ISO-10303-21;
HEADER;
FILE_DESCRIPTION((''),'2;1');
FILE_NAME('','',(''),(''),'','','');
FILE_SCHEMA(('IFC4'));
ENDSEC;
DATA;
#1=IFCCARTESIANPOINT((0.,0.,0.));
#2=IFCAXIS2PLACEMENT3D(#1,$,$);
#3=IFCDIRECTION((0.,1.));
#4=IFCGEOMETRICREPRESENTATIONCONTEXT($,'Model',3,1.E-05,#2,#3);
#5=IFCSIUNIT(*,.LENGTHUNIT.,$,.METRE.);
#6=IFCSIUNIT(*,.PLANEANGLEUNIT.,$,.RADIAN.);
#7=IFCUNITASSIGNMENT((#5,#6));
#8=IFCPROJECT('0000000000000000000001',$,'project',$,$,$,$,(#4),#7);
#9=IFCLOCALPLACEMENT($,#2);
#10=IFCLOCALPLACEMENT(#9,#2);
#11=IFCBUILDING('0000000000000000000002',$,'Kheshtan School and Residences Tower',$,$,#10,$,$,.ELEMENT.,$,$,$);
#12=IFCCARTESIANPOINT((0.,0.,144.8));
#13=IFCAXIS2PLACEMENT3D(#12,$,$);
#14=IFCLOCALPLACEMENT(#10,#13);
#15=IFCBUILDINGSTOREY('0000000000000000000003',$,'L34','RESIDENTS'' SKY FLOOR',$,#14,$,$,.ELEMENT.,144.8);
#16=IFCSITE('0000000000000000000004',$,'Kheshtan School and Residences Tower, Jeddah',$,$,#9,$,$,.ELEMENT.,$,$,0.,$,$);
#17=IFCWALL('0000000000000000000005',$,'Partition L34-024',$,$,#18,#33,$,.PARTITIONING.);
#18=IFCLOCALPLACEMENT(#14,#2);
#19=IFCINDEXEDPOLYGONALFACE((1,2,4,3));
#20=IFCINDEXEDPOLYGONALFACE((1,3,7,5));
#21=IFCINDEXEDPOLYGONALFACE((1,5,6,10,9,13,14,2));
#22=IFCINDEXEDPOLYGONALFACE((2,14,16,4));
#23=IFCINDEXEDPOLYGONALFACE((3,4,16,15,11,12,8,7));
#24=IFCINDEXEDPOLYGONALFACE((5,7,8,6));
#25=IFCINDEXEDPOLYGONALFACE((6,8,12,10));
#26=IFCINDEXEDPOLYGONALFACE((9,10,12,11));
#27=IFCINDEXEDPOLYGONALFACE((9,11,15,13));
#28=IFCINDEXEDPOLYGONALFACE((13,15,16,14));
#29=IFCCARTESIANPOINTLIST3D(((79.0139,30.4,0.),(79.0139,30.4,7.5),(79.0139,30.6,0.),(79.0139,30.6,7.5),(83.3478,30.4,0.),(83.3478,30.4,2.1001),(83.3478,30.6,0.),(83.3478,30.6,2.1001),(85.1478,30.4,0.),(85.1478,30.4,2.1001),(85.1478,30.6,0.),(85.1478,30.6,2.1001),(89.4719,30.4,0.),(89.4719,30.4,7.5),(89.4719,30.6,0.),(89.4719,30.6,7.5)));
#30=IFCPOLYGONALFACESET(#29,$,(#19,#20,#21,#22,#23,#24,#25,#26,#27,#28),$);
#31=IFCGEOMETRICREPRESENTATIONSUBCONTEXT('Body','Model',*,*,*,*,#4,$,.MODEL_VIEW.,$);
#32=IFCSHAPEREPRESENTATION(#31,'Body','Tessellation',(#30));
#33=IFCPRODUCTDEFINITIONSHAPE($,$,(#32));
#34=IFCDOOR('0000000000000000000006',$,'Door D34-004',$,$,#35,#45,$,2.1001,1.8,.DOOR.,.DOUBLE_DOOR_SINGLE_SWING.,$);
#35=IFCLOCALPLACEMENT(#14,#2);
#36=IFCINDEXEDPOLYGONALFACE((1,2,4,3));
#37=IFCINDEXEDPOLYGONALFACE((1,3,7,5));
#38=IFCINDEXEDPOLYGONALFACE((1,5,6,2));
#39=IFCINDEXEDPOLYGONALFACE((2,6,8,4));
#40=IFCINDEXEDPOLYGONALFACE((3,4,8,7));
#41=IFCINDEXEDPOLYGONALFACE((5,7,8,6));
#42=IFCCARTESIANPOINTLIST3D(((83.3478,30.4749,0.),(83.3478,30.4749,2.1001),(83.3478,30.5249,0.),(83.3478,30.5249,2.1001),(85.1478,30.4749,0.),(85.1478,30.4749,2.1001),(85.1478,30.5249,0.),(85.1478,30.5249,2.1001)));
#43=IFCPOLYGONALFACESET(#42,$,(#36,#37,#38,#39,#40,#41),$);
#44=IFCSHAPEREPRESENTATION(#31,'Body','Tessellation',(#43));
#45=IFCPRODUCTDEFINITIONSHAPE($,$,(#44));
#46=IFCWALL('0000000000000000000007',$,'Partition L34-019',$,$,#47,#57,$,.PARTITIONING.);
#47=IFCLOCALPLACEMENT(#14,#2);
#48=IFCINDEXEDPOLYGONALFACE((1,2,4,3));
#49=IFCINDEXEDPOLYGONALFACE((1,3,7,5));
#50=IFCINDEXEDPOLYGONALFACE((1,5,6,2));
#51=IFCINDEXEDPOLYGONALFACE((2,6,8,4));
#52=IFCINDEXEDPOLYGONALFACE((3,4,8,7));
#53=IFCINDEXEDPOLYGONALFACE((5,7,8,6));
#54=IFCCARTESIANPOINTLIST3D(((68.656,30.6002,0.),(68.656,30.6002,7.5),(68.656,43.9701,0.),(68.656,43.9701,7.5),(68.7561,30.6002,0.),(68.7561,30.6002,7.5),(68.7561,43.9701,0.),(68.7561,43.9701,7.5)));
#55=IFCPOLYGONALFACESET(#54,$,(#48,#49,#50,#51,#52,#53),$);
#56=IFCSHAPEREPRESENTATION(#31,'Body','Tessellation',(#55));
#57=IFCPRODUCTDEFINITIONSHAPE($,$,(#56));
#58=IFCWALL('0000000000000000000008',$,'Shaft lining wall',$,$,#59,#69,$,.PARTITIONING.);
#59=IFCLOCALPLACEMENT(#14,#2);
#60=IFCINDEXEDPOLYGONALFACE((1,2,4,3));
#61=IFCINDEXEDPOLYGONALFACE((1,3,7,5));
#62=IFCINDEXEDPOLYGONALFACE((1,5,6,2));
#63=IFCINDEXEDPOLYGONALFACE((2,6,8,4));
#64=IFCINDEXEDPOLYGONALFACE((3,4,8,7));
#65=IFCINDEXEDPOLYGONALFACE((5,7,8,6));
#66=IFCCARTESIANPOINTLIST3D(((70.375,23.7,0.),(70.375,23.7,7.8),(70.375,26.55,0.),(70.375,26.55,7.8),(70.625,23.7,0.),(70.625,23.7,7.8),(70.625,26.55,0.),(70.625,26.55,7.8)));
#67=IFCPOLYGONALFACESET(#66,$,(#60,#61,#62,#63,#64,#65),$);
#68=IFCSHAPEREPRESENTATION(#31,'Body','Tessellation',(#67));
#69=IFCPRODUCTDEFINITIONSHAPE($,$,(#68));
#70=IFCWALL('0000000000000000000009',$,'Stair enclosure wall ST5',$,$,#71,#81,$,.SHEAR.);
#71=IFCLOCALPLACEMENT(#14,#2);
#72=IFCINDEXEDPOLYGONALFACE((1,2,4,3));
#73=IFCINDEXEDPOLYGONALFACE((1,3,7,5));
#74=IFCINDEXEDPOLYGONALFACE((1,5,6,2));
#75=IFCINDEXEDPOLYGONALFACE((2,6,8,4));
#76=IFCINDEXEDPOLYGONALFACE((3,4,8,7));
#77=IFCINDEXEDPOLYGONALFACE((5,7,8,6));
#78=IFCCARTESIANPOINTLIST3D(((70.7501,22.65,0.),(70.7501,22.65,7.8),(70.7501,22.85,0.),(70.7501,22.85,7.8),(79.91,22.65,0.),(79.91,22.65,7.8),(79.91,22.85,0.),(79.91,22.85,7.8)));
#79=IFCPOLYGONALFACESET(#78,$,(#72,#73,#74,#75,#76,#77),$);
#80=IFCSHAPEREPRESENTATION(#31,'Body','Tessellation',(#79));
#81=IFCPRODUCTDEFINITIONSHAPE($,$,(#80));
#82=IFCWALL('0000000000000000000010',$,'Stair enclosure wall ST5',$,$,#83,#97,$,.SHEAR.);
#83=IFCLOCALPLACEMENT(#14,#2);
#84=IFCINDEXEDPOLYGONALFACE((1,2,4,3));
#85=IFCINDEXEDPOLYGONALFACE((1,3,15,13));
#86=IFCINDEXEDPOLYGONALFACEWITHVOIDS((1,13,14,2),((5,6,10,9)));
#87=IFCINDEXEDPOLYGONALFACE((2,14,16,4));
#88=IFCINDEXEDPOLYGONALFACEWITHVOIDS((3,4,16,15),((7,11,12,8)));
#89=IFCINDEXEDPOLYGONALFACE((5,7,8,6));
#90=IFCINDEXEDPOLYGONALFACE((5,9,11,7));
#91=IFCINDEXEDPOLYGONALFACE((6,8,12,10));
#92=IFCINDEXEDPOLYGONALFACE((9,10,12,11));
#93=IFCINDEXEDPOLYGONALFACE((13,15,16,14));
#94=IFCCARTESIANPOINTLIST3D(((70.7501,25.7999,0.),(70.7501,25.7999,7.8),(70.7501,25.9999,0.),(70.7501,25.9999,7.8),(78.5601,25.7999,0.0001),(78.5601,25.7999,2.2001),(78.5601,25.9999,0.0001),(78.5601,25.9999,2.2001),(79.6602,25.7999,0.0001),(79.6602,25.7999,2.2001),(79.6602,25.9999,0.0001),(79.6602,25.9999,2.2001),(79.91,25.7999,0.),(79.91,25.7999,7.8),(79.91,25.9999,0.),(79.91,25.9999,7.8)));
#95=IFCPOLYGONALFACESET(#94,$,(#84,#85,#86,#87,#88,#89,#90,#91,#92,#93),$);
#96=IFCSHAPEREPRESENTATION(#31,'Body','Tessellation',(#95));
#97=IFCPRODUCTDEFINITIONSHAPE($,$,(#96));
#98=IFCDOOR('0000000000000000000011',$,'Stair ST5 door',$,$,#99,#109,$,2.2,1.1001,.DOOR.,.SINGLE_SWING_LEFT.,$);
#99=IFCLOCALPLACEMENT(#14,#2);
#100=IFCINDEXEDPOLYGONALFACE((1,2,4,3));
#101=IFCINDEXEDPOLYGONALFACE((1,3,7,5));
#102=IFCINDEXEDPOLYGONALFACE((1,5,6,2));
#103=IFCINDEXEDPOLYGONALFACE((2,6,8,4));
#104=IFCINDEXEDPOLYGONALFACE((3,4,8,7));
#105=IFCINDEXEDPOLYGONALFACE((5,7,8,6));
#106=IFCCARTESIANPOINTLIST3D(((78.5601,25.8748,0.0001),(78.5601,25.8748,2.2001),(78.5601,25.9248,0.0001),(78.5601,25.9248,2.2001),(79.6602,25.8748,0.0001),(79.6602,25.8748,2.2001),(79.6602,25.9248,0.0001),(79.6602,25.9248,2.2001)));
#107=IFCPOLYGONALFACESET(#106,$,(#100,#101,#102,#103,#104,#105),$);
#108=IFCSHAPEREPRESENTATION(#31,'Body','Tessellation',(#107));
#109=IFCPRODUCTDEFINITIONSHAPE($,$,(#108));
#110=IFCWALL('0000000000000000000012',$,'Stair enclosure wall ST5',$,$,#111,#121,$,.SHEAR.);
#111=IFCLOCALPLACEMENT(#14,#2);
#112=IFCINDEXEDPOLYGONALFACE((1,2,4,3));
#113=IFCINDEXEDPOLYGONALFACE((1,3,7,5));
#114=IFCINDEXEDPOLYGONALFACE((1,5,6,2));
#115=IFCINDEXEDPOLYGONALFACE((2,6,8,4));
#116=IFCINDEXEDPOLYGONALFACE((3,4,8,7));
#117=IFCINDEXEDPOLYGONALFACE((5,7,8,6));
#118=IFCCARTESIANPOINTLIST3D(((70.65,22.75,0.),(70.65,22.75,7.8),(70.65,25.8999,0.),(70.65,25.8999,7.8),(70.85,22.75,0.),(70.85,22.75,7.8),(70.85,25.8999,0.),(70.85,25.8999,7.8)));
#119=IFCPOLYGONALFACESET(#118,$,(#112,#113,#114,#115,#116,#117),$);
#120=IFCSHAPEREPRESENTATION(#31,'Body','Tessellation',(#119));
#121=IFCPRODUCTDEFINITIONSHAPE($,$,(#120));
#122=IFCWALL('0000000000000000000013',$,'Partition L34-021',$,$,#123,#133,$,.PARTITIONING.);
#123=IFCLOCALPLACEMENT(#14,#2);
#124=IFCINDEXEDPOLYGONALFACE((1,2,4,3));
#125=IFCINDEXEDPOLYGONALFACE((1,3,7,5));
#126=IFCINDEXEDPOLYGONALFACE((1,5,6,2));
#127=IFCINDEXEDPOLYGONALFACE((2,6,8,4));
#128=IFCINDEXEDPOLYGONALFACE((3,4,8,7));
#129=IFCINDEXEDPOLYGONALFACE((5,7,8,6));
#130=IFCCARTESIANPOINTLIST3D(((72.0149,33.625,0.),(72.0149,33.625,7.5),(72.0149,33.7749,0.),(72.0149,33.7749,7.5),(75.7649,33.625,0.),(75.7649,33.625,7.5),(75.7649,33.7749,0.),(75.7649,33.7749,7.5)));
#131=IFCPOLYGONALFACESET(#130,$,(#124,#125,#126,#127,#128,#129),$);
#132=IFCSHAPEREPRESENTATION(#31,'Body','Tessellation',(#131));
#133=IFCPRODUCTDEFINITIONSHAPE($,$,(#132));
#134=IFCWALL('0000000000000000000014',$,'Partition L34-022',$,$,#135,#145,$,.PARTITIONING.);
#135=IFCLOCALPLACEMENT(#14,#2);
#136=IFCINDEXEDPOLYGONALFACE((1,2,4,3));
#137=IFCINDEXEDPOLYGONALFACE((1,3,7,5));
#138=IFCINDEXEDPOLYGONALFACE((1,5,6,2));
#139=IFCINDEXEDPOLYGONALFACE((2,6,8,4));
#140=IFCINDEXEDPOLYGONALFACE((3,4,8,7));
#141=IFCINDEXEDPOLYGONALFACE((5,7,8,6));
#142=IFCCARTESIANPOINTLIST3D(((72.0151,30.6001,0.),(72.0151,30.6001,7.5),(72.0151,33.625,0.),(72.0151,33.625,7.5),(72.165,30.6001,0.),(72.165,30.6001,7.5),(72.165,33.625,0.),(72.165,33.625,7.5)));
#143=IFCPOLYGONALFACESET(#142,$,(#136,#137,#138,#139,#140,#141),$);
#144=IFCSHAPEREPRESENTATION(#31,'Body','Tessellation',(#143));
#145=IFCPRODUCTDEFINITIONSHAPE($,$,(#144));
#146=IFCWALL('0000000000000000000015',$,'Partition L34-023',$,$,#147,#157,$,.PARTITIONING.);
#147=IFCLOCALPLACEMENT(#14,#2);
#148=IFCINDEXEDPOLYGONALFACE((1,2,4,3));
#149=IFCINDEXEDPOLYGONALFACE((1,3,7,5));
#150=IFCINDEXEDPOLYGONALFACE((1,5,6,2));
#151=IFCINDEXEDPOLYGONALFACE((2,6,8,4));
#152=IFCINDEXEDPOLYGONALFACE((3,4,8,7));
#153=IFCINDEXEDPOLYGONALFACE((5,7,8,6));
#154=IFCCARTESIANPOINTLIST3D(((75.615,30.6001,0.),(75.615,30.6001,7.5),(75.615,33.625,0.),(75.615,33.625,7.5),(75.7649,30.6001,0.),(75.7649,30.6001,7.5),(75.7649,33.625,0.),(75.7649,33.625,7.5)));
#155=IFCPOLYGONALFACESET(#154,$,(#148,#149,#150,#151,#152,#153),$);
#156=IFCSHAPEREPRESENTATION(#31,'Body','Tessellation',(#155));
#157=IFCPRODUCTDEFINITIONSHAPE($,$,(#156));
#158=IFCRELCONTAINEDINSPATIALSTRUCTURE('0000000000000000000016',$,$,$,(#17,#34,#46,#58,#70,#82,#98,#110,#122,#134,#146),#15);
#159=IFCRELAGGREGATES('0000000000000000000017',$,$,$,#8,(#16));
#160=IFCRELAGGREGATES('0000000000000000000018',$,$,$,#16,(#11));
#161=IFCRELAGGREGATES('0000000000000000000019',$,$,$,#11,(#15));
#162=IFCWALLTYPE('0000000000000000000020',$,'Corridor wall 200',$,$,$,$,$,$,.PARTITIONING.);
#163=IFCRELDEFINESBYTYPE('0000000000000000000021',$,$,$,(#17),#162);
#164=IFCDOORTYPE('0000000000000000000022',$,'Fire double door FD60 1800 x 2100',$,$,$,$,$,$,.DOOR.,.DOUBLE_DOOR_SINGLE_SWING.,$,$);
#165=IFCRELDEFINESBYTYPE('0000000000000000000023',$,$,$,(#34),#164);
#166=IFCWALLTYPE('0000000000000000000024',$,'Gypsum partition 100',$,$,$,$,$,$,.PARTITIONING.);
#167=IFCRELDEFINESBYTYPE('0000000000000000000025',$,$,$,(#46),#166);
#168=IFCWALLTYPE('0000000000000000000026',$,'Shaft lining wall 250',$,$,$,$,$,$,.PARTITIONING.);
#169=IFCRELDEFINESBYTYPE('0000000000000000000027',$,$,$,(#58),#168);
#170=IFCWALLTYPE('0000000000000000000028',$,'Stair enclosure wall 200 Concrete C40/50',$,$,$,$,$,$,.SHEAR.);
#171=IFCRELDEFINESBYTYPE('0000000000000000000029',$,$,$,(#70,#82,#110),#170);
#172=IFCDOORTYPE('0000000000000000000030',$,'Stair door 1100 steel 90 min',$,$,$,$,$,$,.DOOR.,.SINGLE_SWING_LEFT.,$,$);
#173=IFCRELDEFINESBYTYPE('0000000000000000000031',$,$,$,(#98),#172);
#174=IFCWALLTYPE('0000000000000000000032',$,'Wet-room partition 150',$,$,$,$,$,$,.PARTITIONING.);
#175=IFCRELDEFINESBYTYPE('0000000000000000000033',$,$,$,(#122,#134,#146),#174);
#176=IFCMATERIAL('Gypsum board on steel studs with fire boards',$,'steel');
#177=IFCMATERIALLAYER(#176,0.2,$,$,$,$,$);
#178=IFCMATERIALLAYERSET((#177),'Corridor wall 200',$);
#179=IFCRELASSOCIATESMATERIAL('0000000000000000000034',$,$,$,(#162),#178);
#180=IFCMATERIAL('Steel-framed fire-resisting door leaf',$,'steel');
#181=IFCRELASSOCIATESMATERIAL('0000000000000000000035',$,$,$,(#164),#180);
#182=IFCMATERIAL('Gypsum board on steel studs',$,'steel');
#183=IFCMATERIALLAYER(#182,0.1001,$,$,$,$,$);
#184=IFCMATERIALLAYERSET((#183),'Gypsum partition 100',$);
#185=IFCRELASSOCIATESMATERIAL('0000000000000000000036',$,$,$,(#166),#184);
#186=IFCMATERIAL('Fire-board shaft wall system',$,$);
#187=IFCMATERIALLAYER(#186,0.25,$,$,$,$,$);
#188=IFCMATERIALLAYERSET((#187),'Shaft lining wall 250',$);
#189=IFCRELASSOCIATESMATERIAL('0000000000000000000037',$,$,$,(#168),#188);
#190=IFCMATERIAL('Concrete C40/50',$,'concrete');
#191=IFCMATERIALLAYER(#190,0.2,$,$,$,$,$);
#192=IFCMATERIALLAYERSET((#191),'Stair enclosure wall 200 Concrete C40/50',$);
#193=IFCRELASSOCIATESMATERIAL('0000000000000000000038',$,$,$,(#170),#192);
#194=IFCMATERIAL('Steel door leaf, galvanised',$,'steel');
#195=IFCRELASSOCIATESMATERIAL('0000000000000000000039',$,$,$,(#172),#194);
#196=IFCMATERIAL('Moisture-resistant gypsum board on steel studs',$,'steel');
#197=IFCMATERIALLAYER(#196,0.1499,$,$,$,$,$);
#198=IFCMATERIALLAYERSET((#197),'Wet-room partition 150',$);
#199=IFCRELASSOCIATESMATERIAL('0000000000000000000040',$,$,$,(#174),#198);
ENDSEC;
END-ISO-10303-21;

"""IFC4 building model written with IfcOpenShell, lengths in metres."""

from ifc_helpers import new_model, si_unit, direction, frame, frame_2d, origin, place, context, subcontext, project, spatial, rectangle, extrude, source, transform, mapped, material, layer, layer_set, type_object, element, fill, save


model = new_model("IFC4")

# Units and contexts
model_context = context("Model", 3, precision=1e-05, world=origin(), true_north=direction((0.0, 1.0)))
body_context = subcontext(model_context, "Body", "Model", "MODEL_VIEW")
ifc_project = project(units=[si_unit("LENGTHUNIT", "METRE"), si_unit("PLANEANGLEUNIT", "RADIAN")], contexts=[model_context])

# Site, building, storey
site_placement = place(None, origin())
site = spatial("IfcSite", under=ifc_project, at=site_placement, Name="Kheshtan School and Residences Tower, Jeddah", CompositionType="ELEMENT", RefElevation=0.0)
building_placement = place(site_placement, origin())
building = spatial("IfcBuilding", under=site, at=building_placement, Name="Kheshtan School and Residences Tower", CompositionType="ELEMENT")
storey_placement = place(building_placement, frame((0.0, 0.0, 144.8)))
storey = spatial("IfcBuildingStorey", under=building, at=storey_placement, Name="L34", Description="RESIDENTS' SKY FLOOR", CompositionType="ELEMENT", Elevation=144.8)

# Wall, opening, door
ifc_material_1 = material(Name="Gypsum board on steel studs with fire boards", Category="steel")
ifc_layer_1 = layer(ifc_material_1, 0.2)
ifc_layer_set_1 = layer_set([ifc_layer_1], Name="Corridor wall 200")
wall_type_1 = type_object("IfcWallType", Name="Corridor wall 200", PredefinedType="PARTITIONING", material=ifc_layer_set_1)
ifc_material_2 = material(Name="Steel-framed fire-resisting door leaf", Category="steel")
door_type_1 = type_object("IfcDoorType", Name="Fire double door FD60 1800 x 2100", OperationType="DOUBLE_DOOR_SINGLE_SWING", PredefinedType="DOOR", material=ifc_material_2)
shared_shape_1 = source(origin(), body_context, "Body", "SweptSolid", [
    extrude(rectangle(XDim=1.8, YDim=2.1001, at=frame_2d((0.8999, 1.05))), frame((0.0, 0.0249, 0.0), z_axis=(0.0, -1.0, 0.0), x_axis=(1.0, 0.0, 0.0)), (0.0, 0.0, 1.0), 0.05),
])
wall_1_placement = place(storey_placement, frame((79.0139, 30.5, 0.0), z_axis=(0.0, 0.0, 1.0), x_axis=(1.0, 0.0, 0.0)))
wall_1 = element("IfcWall", 1, at=wall_1_placement, inside=storey, type_object=wall_type_1, Name="Partition L34-024", PredefinedType="PARTITIONING", context=body_context, shape_type="SweptSolid", body=[
    extrude(rectangle(XDim=10.458, YDim=0.2, at=frame_2d((5.229, 0.0))), origin(), (0.0, 0.0, 1.0), 7.5),
])
opening_1_placement = place(wall_1_placement, frame((4.334, 0.0, 0.0)))
opening_1 = element("IfcOpeningElement", 2, at=opening_1_placement, cuts=wall_1, PredefinedType="OPENING", context=body_context, shape_type="SweptSolid", body=[
    extrude(rectangle(XDim=1.8, YDim=2.1001, at=frame_2d((0.8999, 1.05))), frame((0.0, 0.1099, 0.0), z_axis=(0.0, -1.0, 0.0), x_axis=(1.0, 0.0, 0.0)), (0.0, 0.0, 1.0), 0.22),
])
door_1_placement = place(opening_1_placement, origin())
door_1 = element("IfcDoor", 3, at=door_1_placement, inside=storey, type_object=door_type_1, Name="Door D34-004", OperationType="DOUBLE_DOOR_SINGLE_SWING", OverallHeight=2.1001, OverallWidth=1.8, PredefinedType="DOOR", context=body_context, shape_type="MappedRepresentation", body=[
    mapped(shared_shape_1, transform((0.0, 0.0, 0.0), x_axis=(1.0, 0.0, 0.0), y_axis=(0.0, 1.0, 0.0), z_axis=(0.0, 0.0, 1.0), scale=1.0)),
])
fill(opening_1, door_1)

# Walls
ifc_material_3 = material(Name="Gypsum board on steel studs", Category="steel")
ifc_layer_2 = layer(ifc_material_3, 0.1001)
ifc_layer_set_2 = layer_set([ifc_layer_2], Name="Gypsum partition 100")
wall_type_2 = type_object("IfcWallType", Name="Gypsum partition 100", PredefinedType="PARTITIONING", material=ifc_layer_set_2)
wall_2_placement = place(storey_placement, frame((68.7061, 30.6001, 0.0), z_axis=(0.0, 0.0, 1.0), x_axis=(0.0, 1.0, 0.0)))
element("IfcWall", 4, at=wall_2_placement, inside=storey, type_object=wall_type_2, Name="Partition L34-019", PredefinedType="PARTITIONING", context=body_context, shape_type="SweptSolid", body=[
    extrude(rectangle(XDim=13.3699, YDim=0.1001, at=frame_2d((6.6851, 0.0))), origin(), (0.0, 0.0, 1.0), 7.5),
])
ifc_material_4 = material(Name="Fire-board shaft wall system")
ifc_layer_3 = layer(ifc_material_4, 0.25)
ifc_layer_set_3 = layer_set([ifc_layer_3], Name="Shaft lining wall 250")
wall_type_3 = type_object("IfcWallType", Name="Shaft lining wall 250", PredefinedType="PARTITIONING", material=ifc_layer_set_3)
wall_3_placement = place(storey_placement, frame((70.5, 23.7, 0.0), z_axis=(0.0, 0.0, 1.0), x_axis=(0.0, 1.0, 0.0)))
element("IfcWall", 5, at=wall_3_placement, inside=storey, type_object=wall_type_3, Name="Shaft lining wall", PredefinedType="PARTITIONING", context=body_context, shape_type="SweptSolid", body=[
    extrude(rectangle(XDim=2.8501, YDim=0.25, at=frame_2d((1.425, 0.0))), origin(), (0.0, 0.0, 1.0), 7.8),
])
ifc_material_5 = material(Name="Concrete C40/50", Category="concrete")
ifc_layer_4 = layer(ifc_material_5, 0.2)
ifc_layer_set_4 = layer_set([ifc_layer_4], Name="Stair enclosure wall 200 Concrete C40/50")
wall_type_4 = type_object("IfcWallType", Name="Stair enclosure wall 200 Concrete C40/50", PredefinedType="SHEAR", material=ifc_layer_set_4)
wall_4_placement = place(storey_placement, frame((70.75, 22.75, 0.0), z_axis=(0.0, 0.0, 1.0), x_axis=(1.0, 0.0, 0.0)))
element("IfcWall", 6, at=wall_4_placement, inside=storey, type_object=wall_type_4, Name="Stair enclosure wall ST5", PredefinedType="SHEAR", context=body_context, shape_type="SweptSolid", body=[
    extrude(rectangle(XDim=9.1599, YDim=0.2, at=frame_2d((4.5801, 0.0))), origin(), (0.0, 0.0, 1.0), 7.8),
])

# Wall, opening, door
wall_5_placement = place(storey_placement, frame((70.75, 25.8999, 0.0), z_axis=(0.0, 0.0, 1.0), x_axis=(1.0, 0.0, 0.0)))
wall_5 = element("IfcWall", 7, at=wall_5_placement, inside=storey, type_object=wall_type_4, Name="Stair enclosure wall ST5", PredefinedType="SHEAR", context=body_context, shape_type="SweptSolid", body=[
    extrude(rectangle(XDim=9.1599, YDim=0.2, at=frame_2d((4.5801, 0.0))), origin(), (0.0, 0.0, 1.0), 7.8),
])
opening_2_placement = place(wall_5_placement, frame((7.8101, 0.0, 0.0)))
opening_2 = element("IfcOpeningElement", 8, at=opening_2_placement, cuts=wall_5, PredefinedType="OPENING", context=body_context, shape_type="SweptSolid", body=[
    extrude(rectangle(XDim=1.1001, YDim=2.2, at=frame_2d((0.55, 1.1001))), frame((0.0, 0.1099, 0.0), z_axis=(0.0, -1.0, 0.0), x_axis=(1.0, 0.0, 0.0)), (0.0, 0.0, 1.0), 0.22),
])
ifc_material_6 = material(Name="Steel door leaf, galvanised", Category="steel")
door_type_2 = type_object("IfcDoorType", Name="Stair door 1100 steel 90 min", OperationType="SINGLE_SWING_LEFT", PredefinedType="DOOR", material=ifc_material_6)
shared_shape_2 = source(origin(), body_context, "Body", "SweptSolid", [
    extrude(rectangle(XDim=1.1001, YDim=2.2, at=frame_2d((0.55, 1.1001))), frame((0.0, 0.0249, 0.0), z_axis=(0.0, -1.0, 0.0), x_axis=(1.0, 0.0, 0.0)), (0.0, 0.0, 1.0), 0.05),
])
door_2_placement = place(opening_2_placement, origin())
door_2 = element("IfcDoor", 9, at=door_2_placement, inside=storey, type_object=door_type_2, Name="Stair ST5 door", OperationType="SINGLE_SWING_LEFT", OverallHeight=2.2, OverallWidth=1.1001, PredefinedType="DOOR", context=body_context, shape_type="MappedRepresentation", body=[
    mapped(shared_shape_2, transform((0.0, 0.0, 0.0), x_axis=(1.0, 0.0, 0.0), y_axis=(0.0, 1.0, 0.0), z_axis=(0.0, 0.0, 1.0), scale=1.0)),
])
fill(opening_2, door_2)

# Walls
wall_6_placement = place(storey_placement, frame((70.75, 22.75, 0.0), z_axis=(0.0, 0.0, 1.0), x_axis=(0.0, 1.0, 0.0)))
element("IfcWall", 10, at=wall_6_placement, inside=storey, type_object=wall_type_4, Name="Stair enclosure wall ST5", PredefinedType="SHEAR", context=body_context, shape_type="SweptSolid", body=[
    extrude(rectangle(XDim=3.1499, YDim=0.2, at=frame_2d((1.575, 0.0))), origin(), (0.0, 0.0, 1.0), 7.8),
])
ifc_material_7 = material(Name="Moisture-resistant gypsum board on steel studs", Category="steel")
ifc_layer_5 = layer(ifc_material_7, 0.1499)
ifc_layer_set_5 = layer_set([ifc_layer_5], Name="Wet-room partition 150")
wall_type_5 = type_object("IfcWallType", Name="Wet-room partition 150", PredefinedType="PARTITIONING", material=ifc_layer_set_5)
wall_7_placement = place(storey_placement, frame((72.0149, 33.7, 0.0), z_axis=(0.0, 0.0, 1.0), x_axis=(1.0, 0.0, 0.0)))
element("IfcWall", 11, at=wall_7_placement, inside=storey, type_object=wall_type_5, Name="Partition L34-021", PredefinedType="PARTITIONING", context=body_context, shape_type="SweptSolid", body=[
    extrude(rectangle(XDim=3.75, YDim=0.1499, at=frame_2d((1.875, 0.0))), origin(), (0.0, 0.0, 1.0), 7.5),
])
for number, where, z_axis, x_axis, name in (
    (12, (72.0901, 30.6001, 0.0), (0.0, 0.0, 1.0), (0.0, 1.0, 0.0), "Partition L34-022"),
    (13, (75.6899, 30.6001, 0.0), (0.0, 0.0, 1.0), (0.0, 1.0, 0.0), "Partition L34-023"),
):
    element("IfcWall", number, at=place(storey_placement, frame(where, z_axis=z_axis, x_axis=x_axis)), inside=storey, type_object=wall_type_5, Name=name, PredefinedType="PARTITIONING", context=body_context, shape_type="SweptSolid", body=[
        extrude(rectangle(XDim=3.0249, YDim=0.1499, at=frame_2d((1.5125, 0.0))), origin(), (0.0, 0.0, 1.0), 7.5),
    ])

save(model, "model.ifc")
